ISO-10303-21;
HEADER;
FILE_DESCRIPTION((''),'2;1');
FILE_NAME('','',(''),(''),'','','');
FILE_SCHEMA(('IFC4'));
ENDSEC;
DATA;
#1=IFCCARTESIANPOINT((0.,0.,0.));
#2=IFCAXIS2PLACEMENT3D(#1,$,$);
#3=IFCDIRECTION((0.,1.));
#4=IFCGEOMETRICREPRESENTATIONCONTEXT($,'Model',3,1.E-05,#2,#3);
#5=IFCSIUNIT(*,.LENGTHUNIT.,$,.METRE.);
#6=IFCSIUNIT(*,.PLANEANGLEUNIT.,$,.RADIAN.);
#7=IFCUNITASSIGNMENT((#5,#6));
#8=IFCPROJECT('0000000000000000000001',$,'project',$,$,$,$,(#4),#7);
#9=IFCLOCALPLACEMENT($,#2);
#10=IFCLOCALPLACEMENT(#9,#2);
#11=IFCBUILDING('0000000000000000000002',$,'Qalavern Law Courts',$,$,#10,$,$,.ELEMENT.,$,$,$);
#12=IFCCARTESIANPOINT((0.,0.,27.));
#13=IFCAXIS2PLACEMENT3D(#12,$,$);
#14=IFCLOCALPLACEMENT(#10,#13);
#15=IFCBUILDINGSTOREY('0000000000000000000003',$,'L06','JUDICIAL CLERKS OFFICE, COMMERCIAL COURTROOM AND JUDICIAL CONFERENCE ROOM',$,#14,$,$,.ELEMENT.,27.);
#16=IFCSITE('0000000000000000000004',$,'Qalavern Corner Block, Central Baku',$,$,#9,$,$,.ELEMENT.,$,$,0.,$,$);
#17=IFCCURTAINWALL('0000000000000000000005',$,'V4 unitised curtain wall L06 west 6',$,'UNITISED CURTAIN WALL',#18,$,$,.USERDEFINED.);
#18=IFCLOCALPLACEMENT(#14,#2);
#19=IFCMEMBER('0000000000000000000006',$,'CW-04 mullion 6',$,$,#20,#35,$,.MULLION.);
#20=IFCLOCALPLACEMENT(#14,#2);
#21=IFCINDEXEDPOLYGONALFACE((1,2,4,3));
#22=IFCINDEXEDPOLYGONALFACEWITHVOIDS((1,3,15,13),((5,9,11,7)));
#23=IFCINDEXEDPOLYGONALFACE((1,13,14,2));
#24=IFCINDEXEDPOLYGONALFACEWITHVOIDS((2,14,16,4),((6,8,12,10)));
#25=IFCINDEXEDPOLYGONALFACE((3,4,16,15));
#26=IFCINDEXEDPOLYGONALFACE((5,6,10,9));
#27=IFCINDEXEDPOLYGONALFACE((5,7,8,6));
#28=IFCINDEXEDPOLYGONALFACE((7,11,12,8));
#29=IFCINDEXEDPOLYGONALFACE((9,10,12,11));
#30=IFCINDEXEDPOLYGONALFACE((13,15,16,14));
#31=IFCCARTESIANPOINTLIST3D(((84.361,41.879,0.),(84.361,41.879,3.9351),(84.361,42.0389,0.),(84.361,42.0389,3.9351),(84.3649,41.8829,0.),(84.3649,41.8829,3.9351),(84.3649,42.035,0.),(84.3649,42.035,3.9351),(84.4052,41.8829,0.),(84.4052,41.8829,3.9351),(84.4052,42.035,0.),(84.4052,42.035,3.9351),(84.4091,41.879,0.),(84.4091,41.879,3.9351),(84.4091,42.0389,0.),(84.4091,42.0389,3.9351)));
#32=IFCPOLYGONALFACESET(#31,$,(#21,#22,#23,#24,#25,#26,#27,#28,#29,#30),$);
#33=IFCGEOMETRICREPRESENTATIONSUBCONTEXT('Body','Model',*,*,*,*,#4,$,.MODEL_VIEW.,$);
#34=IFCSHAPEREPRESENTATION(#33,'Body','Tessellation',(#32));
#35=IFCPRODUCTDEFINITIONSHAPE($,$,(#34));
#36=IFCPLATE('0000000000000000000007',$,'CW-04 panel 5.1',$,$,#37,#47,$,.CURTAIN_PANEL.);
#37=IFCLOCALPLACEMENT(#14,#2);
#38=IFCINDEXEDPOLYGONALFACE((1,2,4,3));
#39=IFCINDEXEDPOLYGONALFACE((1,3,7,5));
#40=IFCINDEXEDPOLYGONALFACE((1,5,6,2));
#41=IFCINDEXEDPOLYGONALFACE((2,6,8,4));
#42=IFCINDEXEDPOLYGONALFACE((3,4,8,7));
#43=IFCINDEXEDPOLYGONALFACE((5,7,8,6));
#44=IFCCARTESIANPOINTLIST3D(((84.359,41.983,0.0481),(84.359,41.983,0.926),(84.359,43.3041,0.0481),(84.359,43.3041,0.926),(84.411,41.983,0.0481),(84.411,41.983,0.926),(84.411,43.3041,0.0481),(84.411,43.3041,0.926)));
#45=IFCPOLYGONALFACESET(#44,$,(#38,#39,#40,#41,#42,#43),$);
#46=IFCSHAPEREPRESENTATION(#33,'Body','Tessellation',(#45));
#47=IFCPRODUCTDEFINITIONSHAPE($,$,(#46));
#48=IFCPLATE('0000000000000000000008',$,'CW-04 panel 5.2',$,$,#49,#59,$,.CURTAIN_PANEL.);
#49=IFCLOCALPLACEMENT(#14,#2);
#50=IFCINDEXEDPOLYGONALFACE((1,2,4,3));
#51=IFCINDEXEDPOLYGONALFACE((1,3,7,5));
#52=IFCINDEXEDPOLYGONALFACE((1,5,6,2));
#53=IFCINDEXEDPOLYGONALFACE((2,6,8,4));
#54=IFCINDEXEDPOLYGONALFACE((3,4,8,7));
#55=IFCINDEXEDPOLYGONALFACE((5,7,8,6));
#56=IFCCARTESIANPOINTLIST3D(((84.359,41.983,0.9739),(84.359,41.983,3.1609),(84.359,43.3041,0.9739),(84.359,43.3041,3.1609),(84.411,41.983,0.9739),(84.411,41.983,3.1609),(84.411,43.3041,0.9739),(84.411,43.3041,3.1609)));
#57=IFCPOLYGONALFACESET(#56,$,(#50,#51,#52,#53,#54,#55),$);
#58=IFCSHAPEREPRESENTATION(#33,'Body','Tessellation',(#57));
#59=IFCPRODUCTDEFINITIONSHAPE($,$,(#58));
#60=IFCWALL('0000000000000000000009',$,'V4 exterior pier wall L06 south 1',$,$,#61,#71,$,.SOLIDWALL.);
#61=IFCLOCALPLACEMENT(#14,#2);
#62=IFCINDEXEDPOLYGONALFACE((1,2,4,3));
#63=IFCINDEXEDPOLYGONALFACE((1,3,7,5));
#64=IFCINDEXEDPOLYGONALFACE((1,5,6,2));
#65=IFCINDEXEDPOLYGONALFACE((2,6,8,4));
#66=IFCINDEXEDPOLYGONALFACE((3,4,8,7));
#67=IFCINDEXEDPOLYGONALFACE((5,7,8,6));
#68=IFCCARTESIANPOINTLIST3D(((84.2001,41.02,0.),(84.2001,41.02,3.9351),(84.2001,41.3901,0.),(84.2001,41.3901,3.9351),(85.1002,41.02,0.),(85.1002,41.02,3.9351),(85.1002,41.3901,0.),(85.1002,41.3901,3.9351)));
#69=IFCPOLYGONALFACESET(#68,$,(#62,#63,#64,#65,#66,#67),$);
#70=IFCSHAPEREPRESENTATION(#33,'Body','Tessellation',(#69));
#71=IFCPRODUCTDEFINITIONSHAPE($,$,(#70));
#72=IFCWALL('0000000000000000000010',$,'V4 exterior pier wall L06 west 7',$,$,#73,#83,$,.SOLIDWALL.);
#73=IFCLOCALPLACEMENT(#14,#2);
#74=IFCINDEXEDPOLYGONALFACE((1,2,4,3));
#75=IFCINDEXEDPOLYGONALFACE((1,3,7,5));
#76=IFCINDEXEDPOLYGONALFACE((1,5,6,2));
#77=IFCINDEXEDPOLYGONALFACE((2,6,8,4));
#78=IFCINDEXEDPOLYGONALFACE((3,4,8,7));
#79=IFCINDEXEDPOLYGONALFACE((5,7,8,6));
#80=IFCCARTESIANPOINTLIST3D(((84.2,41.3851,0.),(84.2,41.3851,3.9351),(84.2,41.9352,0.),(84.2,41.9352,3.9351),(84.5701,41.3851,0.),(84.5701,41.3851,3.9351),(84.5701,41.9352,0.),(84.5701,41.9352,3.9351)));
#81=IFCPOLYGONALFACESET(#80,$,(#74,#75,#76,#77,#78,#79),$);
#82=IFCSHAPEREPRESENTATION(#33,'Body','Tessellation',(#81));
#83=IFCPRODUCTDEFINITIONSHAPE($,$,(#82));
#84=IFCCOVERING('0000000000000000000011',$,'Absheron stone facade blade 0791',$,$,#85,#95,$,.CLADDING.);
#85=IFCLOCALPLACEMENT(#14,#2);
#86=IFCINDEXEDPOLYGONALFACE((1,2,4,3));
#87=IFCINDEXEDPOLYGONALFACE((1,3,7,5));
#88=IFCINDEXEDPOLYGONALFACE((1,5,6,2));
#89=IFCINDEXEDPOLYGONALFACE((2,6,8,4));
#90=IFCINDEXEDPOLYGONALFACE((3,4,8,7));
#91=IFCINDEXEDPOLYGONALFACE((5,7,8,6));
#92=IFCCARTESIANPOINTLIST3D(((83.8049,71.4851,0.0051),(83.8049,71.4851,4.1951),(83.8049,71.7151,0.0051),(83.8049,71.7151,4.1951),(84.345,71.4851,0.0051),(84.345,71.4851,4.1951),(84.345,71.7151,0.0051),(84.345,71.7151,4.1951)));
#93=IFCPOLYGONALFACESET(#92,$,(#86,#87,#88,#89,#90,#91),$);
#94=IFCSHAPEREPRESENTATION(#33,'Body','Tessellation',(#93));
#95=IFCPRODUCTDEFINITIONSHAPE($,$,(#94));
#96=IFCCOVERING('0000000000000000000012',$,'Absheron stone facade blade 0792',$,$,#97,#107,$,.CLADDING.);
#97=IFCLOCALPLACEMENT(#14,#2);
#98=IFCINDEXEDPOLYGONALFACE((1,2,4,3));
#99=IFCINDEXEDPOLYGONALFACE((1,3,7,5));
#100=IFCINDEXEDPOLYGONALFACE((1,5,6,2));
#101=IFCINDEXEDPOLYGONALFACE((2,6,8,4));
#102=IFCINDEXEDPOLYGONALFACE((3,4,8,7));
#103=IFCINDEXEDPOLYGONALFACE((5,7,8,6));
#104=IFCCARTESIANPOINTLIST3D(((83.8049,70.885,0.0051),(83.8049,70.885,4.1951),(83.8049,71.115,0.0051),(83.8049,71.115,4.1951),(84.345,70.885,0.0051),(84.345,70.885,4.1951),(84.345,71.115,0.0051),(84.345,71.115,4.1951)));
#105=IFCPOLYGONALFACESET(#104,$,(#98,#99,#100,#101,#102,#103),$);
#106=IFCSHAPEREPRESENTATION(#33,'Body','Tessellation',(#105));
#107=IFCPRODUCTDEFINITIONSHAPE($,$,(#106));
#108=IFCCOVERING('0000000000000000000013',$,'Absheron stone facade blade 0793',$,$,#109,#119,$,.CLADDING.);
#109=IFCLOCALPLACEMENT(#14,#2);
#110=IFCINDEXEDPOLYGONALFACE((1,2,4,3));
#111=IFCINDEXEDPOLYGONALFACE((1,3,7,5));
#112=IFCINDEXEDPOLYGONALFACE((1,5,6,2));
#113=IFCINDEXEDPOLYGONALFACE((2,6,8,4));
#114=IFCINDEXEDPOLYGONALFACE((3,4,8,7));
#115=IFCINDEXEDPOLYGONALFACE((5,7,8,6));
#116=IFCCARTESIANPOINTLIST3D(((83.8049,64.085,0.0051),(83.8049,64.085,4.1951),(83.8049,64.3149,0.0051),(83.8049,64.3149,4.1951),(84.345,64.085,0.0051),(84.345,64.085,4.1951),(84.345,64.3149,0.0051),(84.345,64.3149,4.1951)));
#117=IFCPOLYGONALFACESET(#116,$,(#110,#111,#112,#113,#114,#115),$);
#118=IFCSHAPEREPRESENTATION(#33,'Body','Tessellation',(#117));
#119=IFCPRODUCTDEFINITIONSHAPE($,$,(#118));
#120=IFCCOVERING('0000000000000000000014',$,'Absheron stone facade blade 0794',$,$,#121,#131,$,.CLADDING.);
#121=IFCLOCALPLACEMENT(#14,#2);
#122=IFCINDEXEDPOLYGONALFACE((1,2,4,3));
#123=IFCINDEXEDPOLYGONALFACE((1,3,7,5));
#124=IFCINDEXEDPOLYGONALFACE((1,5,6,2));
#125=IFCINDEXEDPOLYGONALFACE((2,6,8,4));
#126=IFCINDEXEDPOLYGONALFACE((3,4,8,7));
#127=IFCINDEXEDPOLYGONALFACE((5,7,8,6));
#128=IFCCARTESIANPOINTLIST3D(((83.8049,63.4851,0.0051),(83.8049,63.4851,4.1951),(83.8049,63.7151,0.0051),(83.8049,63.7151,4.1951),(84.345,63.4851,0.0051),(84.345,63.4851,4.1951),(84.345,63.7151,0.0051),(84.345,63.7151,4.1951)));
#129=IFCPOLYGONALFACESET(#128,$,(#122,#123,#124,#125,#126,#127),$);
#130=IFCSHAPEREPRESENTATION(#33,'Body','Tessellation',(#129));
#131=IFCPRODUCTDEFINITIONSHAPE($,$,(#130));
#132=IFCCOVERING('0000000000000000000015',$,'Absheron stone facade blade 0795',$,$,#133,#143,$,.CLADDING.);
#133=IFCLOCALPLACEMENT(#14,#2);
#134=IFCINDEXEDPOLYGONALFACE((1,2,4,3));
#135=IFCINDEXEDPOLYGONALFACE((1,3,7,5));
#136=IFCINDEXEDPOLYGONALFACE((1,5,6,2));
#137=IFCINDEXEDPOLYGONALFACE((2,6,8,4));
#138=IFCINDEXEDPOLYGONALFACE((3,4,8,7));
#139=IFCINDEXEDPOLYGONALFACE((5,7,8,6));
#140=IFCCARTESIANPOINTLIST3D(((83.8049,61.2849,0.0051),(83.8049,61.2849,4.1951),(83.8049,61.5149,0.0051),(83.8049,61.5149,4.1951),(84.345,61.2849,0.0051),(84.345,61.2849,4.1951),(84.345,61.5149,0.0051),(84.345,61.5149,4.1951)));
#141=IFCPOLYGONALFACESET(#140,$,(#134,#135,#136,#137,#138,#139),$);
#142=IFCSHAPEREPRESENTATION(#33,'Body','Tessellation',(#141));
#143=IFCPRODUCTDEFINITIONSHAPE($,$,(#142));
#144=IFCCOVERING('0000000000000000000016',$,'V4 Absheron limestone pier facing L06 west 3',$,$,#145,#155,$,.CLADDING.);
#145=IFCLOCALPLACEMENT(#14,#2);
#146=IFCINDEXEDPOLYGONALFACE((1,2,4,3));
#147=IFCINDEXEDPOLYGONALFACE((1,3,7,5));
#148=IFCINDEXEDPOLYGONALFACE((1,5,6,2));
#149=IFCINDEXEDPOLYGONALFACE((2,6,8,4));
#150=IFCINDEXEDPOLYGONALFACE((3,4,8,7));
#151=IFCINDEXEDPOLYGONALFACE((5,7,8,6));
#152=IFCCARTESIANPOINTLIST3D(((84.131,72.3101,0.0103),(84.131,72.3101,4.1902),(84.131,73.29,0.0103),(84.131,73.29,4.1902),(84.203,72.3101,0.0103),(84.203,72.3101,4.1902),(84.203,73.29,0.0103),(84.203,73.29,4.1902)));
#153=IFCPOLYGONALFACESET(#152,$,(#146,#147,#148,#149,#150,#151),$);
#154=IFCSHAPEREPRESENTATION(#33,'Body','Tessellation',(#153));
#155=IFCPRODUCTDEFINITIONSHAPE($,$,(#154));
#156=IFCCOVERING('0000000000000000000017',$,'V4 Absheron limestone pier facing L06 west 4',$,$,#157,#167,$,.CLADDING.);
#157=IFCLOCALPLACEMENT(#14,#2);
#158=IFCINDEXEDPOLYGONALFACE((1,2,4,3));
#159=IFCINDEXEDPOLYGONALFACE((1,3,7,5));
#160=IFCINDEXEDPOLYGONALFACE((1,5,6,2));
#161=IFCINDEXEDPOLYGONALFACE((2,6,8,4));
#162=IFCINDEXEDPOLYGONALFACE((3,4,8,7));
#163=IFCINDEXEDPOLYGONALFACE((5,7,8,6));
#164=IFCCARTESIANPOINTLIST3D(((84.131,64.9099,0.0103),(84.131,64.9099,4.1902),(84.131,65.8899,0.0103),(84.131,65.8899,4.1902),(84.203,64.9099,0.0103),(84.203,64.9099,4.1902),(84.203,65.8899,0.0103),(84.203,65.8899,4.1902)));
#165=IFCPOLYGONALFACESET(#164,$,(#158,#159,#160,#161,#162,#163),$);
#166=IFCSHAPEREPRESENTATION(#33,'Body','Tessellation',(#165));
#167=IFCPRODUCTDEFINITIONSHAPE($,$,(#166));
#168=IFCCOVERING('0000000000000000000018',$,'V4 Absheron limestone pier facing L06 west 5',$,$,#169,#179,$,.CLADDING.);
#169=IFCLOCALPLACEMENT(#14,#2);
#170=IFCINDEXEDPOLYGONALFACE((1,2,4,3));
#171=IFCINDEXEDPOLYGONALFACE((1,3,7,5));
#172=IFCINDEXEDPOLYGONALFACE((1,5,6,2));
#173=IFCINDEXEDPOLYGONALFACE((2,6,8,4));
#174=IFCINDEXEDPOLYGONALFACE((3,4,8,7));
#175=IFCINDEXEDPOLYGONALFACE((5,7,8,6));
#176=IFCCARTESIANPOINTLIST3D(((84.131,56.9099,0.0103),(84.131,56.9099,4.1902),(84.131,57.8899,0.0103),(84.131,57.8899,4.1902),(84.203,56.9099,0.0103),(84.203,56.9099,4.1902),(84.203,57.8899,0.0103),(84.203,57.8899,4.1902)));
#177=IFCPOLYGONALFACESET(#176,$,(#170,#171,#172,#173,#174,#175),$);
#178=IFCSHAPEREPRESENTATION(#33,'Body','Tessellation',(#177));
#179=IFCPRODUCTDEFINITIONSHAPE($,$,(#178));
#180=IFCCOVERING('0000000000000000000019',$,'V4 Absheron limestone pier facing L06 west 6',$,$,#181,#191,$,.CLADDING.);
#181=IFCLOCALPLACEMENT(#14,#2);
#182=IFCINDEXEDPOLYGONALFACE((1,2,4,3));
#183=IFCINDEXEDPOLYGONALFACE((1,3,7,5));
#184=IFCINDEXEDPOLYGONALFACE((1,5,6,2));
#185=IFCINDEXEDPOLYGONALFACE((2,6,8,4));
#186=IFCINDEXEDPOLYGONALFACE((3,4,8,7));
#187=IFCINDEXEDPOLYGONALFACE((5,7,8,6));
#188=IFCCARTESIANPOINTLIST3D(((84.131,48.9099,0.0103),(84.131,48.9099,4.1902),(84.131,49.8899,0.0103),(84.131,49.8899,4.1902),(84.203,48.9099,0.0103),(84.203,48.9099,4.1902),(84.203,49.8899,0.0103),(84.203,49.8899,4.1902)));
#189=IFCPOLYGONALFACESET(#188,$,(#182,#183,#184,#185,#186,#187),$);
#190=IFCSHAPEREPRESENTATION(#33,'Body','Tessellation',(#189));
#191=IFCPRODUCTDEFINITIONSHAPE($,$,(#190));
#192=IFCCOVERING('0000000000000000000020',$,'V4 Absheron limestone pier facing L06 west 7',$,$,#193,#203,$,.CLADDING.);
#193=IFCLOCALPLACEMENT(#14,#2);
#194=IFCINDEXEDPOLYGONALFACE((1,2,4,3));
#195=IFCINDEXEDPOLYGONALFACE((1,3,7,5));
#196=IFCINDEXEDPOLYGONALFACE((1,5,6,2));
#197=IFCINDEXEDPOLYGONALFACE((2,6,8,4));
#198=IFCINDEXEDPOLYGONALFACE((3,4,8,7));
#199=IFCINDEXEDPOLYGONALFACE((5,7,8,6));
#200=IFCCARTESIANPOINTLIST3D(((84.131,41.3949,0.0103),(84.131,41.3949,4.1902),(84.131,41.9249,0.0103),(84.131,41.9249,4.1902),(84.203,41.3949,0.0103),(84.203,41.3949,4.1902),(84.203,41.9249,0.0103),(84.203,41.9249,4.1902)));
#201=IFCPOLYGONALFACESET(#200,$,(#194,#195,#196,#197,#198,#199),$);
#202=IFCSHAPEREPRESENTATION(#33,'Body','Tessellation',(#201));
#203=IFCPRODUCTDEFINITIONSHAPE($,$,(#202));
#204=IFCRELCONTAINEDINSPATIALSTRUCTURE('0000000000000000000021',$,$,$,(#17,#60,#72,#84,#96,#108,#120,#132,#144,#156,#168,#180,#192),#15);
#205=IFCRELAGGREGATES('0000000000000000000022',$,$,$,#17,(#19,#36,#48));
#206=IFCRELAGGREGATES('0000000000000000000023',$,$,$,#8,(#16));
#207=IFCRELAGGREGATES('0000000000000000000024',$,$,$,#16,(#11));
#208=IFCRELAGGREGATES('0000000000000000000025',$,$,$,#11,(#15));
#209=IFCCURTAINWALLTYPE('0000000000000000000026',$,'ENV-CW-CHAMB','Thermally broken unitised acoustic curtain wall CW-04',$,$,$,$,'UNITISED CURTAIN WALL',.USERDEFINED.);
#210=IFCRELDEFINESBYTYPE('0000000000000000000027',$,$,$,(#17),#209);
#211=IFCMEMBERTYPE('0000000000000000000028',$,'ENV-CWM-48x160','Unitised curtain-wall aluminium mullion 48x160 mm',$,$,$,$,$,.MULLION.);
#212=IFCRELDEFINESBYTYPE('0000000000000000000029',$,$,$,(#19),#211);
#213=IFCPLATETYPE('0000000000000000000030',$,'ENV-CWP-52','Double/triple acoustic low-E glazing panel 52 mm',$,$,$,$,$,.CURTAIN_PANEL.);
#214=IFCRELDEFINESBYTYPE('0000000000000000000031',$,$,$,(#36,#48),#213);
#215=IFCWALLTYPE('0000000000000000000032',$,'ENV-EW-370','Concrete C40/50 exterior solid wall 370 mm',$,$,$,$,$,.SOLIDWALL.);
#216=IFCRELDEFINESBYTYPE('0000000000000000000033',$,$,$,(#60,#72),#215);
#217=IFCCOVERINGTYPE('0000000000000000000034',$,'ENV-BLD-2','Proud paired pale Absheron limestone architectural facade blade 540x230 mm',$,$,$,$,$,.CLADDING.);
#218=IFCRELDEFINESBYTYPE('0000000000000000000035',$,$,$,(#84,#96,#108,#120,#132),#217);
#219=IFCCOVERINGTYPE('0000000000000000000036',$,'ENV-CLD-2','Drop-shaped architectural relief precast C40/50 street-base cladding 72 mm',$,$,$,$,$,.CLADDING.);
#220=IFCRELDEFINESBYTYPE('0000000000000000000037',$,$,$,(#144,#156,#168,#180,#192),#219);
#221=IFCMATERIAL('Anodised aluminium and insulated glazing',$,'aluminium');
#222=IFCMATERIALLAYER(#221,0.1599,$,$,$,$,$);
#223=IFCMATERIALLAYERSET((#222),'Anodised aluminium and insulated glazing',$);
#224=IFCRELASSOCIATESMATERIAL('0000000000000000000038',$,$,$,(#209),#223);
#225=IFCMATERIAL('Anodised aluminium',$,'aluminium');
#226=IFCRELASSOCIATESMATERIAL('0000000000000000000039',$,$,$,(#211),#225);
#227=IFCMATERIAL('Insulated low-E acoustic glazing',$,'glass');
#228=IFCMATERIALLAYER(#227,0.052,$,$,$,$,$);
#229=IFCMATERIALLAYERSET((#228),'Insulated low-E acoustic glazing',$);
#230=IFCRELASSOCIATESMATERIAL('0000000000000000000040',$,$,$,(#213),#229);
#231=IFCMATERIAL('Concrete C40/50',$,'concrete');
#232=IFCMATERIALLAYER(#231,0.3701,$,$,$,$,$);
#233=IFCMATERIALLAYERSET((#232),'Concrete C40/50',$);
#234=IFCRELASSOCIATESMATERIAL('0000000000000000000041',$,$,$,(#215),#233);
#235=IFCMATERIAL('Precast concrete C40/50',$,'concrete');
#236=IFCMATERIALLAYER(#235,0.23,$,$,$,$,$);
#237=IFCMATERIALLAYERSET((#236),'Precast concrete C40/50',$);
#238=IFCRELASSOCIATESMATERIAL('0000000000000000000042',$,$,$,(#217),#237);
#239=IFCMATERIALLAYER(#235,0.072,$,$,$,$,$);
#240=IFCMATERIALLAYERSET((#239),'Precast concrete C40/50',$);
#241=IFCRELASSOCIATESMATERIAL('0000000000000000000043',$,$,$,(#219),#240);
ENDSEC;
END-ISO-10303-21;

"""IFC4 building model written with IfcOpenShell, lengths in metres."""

from ifc_helpers import new_model, si_unit, direction, frame, frame_2d, origin, origin_2d, place, context, subcontext, project, spatial, rectangle, hollow_rectangle, extrude, material, layer, layer_set, material_profile, profile_set, type_object, element, aggregate, save


model = new_model("IFC4")

# Units and contexts
model_context = context("Model", 3, precision=1e-05, world=origin(), true_north=direction((0.0, 1.0)))
body_context = subcontext(model_context, "Body", "Model", "MODEL_VIEW")
ifc_project = project(units=[si_unit("LENGTHUNIT", "METRE"), si_unit("PLANEANGLEUNIT", "RADIAN")], contexts=[model_context])

# Site, building, storey
site_placement = place(None, origin())
site = spatial("IfcSite", under=ifc_project, at=site_placement, Name="Qalavern Corner Block, Central Baku", CompositionType="ELEMENT", RefElevation=0.0)
building_placement = place(site_placement, origin())
building = spatial("IfcBuilding", under=site, at=building_placement, Name="Qalavern Law Courts", CompositionType="ELEMENT")
storey_placement = place(building_placement, frame((0.0, 0.0, 27.0)))
storey = spatial("IfcBuildingStorey", under=building, at=storey_placement, Name="L06", Description="JUDICIAL CLERKS OFFICE, COMMERCIAL COURTROOM AND JUDICIAL CONFERENCE ROOM", CompositionType="ELEMENT", Elevation=27.0)

# Curtain wall, member, plates
ifc_material_1 = material(Name="Anodised aluminium and insulated glazing", Category="aluminium")
ifc_layer_1 = layer(ifc_material_1, 0.1599)
ifc_layer_set_1 = layer_set([ifc_layer_1], Name="Anodised aluminium and insulated glazing")
curtain_wall_type = type_object("IfcCurtainWallType", Name="ENV-CW-CHAMB", Description="Thermally broken unitised acoustic curtain wall CW-04", ElementType="UNITISED CURTAIN WALL", PredefinedType="USERDEFINED", material=ifc_layer_set_1)
curtain_wall_placement = place(storey_placement, origin())
curtain_wall = element("IfcCurtainWall", 1, at=curtain_wall_placement, inside=storey, type_object=curtain_wall_type, Name="V4 unitised curtain wall L06 west 6", ObjectType="UNITISED CURTAIN WALL", PredefinedType="USERDEFINED")
ifc_material_2 = material(Name="Anodised aluminium", Category="aluminium")
ifc_material_profile = material_profile(ifc_material_2, hollow_rectangle(XDim=0.0481, YDim=0.1599, WallThickness=0.0039, at=origin_2d()), Name="ALU MULLION 48x160")
ifc_profile_set = profile_set([ifc_material_profile], Name="Anodised aluminium")
member_type = type_object("IfcMemberType", Name="ENV-CWM-48x160", Description="Unitised curtain-wall aluminium mullion 48x160 mm", PredefinedType="MULLION", material=ifc_profile_set)
member_placement = place(storey_placement, frame((84.385, 41.959, 0.0), z_axis=(0.0, 0.0, 1.0), x_axis=(1.0, 0.0, 0.0)))
member = element("IfcMember", 2, at=member_placement, type_object=member_type, Name="CW-04 mullion 6", PredefinedType="MULLION", context=body_context, shape_type="SweptSolid", body=[
    extrude(hollow_rectangle(XDim=0.0481, YDim=0.1599, WallThickness=0.0039, at=origin_2d()), origin(), (0.0, 0.0, 1.0), 3.9351),
])
ifc_material_3 = material(Name="Insulated low-E acoustic glazing", Category="glass")
ifc_layer_2 = layer(ifc_material_3, 0.052)
ifc_layer_set_2 = layer_set([ifc_layer_2], Name="Insulated low-E acoustic glazing")
plate_type = type_object("IfcPlateType", Name="ENV-CWP-52", Description="Double/triple acoustic low-E glazing panel 52 mm", PredefinedType="CURTAIN_PANEL", material=ifc_layer_set_2)
plate_1_placement = place(storey_placement, frame((84.385, 42.6436, 0.0481), z_axis=(0.0, 0.0, 1.0), x_axis=(0.0, -1.0, 0.0)))
plate_1 = element("IfcPlate", 3, at=plate_1_placement, type_object=plate_type, Name="CW-04 panel 5.1", PredefinedType="CURTAIN_PANEL", context=body_context, shape_type="SweptSolid", body=[
    extrude(rectangle(XDim=1.321, YDim=0.052, at=origin_2d()), origin(), (0.0, 0.0, 1.0), 0.8779),
])
plate_2_placement = place(storey_placement, frame((84.385, 42.6436, 0.9739), z_axis=(0.0, 0.0, 1.0), x_axis=(0.0, -1.0, 0.0)))
plate_2 = element("IfcPlate", 4, at=plate_2_placement, type_object=plate_type, Name="CW-04 panel 5.2", PredefinedType="CURTAIN_PANEL", context=body_context, shape_type="SweptSolid", body=[
    extrude(rectangle(XDim=1.321, YDim=0.052, at=origin_2d()), origin(), (0.0, 0.0, 1.0), 2.187),
])
aggregate(curtain_wall, [member, plate_1, plate_2])

# Walls
ifc_material_4 = material(Name="Concrete C40/50", Category="concrete")
ifc_layer_3 = layer(ifc_material_4, 0.3701)
ifc_layer_set_3 = layer_set([ifc_layer_3], Name="Concrete C40/50")
wall_type = type_object("IfcWallType", Name="ENV-EW-370", Description="Concrete C40/50 exterior solid wall 370 mm", PredefinedType="SOLIDWALL", material=ifc_layer_set_3)
wall_1_placement = place(storey_placement, frame((84.2, 41.2051, 0.0), z_axis=(0.0, 0.0, 1.0), x_axis=(1.0, 0.0, 0.0)))
element("IfcWall", 5, at=wall_1_placement, inside=storey, type_object=wall_type, Name="V4 exterior pier wall L06 south 1", PredefinedType="SOLIDWALL", context=body_context, shape_type="SweptSolid", body=[
    extrude(rectangle(XDim=0.9001, YDim=0.3701, at=frame_2d((0.4502, 0.0))), origin(), (0.0, 0.0, 1.0), 3.9351),
])
wall_2_placement = place(storey_placement, frame((84.385, 41.9351, 0.0), z_axis=(0.0, 0.0, 1.0), x_axis=(0.0, -1.0, 0.0)))
element("IfcWall", 6, at=wall_2_placement, inside=storey, type_object=wall_type, Name="V4 exterior pier wall L06 west 7", PredefinedType="SOLIDWALL", context=body_context, shape_type="SweptSolid", body=[
    extrude(rectangle(XDim=0.55, YDim=0.3701, at=frame_2d((0.2749, 0.0))), origin(), (0.0, 0.0, 1.0), 3.9351),
])

# Coverings
ifc_material_5 = material(Name="Precast concrete C40/50", Category="concrete")
ifc_layer_4 = layer(ifc_material_5, 0.23)
ifc_layer_set_4 = layer_set([ifc_layer_4], Name="Precast concrete C40/50")
covering_type_1 = type_object("IfcCoveringType", Name="ENV-BLD-2", Description="Proud paired pale Absheron limestone architectural facade blade 540x230 mm", PredefinedType="CLADDING", material=ifc_layer_set_4)
for number, where, z_axis, x_axis, name in (
    (7, (84.075, 71.6001, 0.0051), (0.0, 0.0, 1.0), (-1.0, 0.0, 0.0), "Absheron stone facade blade 0791"),
    (8, (84.075, 71.0, 0.0051), (0.0, 0.0, 1.0), (-1.0, 0.0, 0.0), "Absheron stone facade blade 0792"),
    (9, (84.075, 64.2, 0.0051), (0.0, 0.0, 1.0), (-1.0, 0.0, 0.0), "Absheron stone facade blade 0793"),
    (10, (84.075, 63.6001, 0.0051), (0.0, 0.0, 1.0), (-1.0, 0.0, 0.0), "Absheron stone facade blade 0794"),
    (11, (84.075, 61.3999, 0.0051), (0.0, 0.0, 1.0), (-1.0, 0.0, 0.0), "Absheron stone facade blade 0795"),
):
    element("IfcCovering", number, at=place(storey_placement, frame(where, z_axis=z_axis, x_axis=x_axis)), inside=storey, type_object=covering_type_1, Name=name, PredefinedType="CLADDING", context=body_context, shape_type="SweptSolid", body=[
        extrude(rectangle(XDim=0.54, YDim=0.23, at=origin_2d()), origin(), (0.0, 0.0, 1.0), 4.1899),
    ])
ifc_layer_5 = layer(ifc_material_5, 0.072)
ifc_layer_set_5 = layer_set([ifc_layer_5], Name="Precast concrete C40/50")
covering_type_2 = type_object("IfcCoveringType", Name="ENV-CLD-2", Description="Drop-shaped architectural relief precast C40/50 street-base cladding 72 mm", PredefinedType="CLADDING", material=ifc_layer_set_5)
for number, where, z_axis, x_axis, name in (
    (12, (84.167, 72.8, 0.0103), (0.0, 0.0, 1.0), (0.0, -1.0, 0.0), "V4 Absheron limestone pier facing L06 west 3"),
    (13, (84.167, 65.3999, 0.0103), (0.0, 0.0, 1.0), (0.0, -1.0, 0.0), "V4 Absheron limestone pier facing L06 west 4"),
    (14, (84.167, 57.3999, 0.0103), (0.0, 0.0, 1.0), (0.0, -1.0, 0.0), "V4 Absheron limestone pier facing L06 west 5"),
    (15, (84.167, 49.3999, 0.0103), (0.0, 0.0, 1.0), (0.0, -1.0, 0.0), "V4 Absheron limestone pier facing L06 west 6"),
):
    element("IfcCovering", number, at=place(storey_placement, frame(where, z_axis=z_axis, x_axis=x_axis)), inside=storey, type_object=covering_type_2, Name=name, PredefinedType="CLADDING", context=body_context, shape_type="SweptSolid", body=[
        extrude(rectangle(XDim=0.98, YDim=0.072, at=origin_2d()), origin(), (0.0, 0.0, 1.0), 4.1799),
    ])
covering_placement = place(storey_placement, frame((84.167, 41.6599, 0.0103), z_axis=(0.0, 0.0, 1.0), x_axis=(0.0, -1.0, 0.0)))
element("IfcCovering", 16, at=covering_placement, inside=storey, type_object=covering_type_2, Name="V4 Absheron limestone pier facing L06 west 7", PredefinedType="CLADDING", context=body_context, shape_type="SweptSolid", body=[
    extrude(rectangle(XDim=0.53, YDim=0.072, at=origin_2d()), origin(), (0.0, 0.0, 1.0), 4.1799),
])

save(model, "model.ifc")
